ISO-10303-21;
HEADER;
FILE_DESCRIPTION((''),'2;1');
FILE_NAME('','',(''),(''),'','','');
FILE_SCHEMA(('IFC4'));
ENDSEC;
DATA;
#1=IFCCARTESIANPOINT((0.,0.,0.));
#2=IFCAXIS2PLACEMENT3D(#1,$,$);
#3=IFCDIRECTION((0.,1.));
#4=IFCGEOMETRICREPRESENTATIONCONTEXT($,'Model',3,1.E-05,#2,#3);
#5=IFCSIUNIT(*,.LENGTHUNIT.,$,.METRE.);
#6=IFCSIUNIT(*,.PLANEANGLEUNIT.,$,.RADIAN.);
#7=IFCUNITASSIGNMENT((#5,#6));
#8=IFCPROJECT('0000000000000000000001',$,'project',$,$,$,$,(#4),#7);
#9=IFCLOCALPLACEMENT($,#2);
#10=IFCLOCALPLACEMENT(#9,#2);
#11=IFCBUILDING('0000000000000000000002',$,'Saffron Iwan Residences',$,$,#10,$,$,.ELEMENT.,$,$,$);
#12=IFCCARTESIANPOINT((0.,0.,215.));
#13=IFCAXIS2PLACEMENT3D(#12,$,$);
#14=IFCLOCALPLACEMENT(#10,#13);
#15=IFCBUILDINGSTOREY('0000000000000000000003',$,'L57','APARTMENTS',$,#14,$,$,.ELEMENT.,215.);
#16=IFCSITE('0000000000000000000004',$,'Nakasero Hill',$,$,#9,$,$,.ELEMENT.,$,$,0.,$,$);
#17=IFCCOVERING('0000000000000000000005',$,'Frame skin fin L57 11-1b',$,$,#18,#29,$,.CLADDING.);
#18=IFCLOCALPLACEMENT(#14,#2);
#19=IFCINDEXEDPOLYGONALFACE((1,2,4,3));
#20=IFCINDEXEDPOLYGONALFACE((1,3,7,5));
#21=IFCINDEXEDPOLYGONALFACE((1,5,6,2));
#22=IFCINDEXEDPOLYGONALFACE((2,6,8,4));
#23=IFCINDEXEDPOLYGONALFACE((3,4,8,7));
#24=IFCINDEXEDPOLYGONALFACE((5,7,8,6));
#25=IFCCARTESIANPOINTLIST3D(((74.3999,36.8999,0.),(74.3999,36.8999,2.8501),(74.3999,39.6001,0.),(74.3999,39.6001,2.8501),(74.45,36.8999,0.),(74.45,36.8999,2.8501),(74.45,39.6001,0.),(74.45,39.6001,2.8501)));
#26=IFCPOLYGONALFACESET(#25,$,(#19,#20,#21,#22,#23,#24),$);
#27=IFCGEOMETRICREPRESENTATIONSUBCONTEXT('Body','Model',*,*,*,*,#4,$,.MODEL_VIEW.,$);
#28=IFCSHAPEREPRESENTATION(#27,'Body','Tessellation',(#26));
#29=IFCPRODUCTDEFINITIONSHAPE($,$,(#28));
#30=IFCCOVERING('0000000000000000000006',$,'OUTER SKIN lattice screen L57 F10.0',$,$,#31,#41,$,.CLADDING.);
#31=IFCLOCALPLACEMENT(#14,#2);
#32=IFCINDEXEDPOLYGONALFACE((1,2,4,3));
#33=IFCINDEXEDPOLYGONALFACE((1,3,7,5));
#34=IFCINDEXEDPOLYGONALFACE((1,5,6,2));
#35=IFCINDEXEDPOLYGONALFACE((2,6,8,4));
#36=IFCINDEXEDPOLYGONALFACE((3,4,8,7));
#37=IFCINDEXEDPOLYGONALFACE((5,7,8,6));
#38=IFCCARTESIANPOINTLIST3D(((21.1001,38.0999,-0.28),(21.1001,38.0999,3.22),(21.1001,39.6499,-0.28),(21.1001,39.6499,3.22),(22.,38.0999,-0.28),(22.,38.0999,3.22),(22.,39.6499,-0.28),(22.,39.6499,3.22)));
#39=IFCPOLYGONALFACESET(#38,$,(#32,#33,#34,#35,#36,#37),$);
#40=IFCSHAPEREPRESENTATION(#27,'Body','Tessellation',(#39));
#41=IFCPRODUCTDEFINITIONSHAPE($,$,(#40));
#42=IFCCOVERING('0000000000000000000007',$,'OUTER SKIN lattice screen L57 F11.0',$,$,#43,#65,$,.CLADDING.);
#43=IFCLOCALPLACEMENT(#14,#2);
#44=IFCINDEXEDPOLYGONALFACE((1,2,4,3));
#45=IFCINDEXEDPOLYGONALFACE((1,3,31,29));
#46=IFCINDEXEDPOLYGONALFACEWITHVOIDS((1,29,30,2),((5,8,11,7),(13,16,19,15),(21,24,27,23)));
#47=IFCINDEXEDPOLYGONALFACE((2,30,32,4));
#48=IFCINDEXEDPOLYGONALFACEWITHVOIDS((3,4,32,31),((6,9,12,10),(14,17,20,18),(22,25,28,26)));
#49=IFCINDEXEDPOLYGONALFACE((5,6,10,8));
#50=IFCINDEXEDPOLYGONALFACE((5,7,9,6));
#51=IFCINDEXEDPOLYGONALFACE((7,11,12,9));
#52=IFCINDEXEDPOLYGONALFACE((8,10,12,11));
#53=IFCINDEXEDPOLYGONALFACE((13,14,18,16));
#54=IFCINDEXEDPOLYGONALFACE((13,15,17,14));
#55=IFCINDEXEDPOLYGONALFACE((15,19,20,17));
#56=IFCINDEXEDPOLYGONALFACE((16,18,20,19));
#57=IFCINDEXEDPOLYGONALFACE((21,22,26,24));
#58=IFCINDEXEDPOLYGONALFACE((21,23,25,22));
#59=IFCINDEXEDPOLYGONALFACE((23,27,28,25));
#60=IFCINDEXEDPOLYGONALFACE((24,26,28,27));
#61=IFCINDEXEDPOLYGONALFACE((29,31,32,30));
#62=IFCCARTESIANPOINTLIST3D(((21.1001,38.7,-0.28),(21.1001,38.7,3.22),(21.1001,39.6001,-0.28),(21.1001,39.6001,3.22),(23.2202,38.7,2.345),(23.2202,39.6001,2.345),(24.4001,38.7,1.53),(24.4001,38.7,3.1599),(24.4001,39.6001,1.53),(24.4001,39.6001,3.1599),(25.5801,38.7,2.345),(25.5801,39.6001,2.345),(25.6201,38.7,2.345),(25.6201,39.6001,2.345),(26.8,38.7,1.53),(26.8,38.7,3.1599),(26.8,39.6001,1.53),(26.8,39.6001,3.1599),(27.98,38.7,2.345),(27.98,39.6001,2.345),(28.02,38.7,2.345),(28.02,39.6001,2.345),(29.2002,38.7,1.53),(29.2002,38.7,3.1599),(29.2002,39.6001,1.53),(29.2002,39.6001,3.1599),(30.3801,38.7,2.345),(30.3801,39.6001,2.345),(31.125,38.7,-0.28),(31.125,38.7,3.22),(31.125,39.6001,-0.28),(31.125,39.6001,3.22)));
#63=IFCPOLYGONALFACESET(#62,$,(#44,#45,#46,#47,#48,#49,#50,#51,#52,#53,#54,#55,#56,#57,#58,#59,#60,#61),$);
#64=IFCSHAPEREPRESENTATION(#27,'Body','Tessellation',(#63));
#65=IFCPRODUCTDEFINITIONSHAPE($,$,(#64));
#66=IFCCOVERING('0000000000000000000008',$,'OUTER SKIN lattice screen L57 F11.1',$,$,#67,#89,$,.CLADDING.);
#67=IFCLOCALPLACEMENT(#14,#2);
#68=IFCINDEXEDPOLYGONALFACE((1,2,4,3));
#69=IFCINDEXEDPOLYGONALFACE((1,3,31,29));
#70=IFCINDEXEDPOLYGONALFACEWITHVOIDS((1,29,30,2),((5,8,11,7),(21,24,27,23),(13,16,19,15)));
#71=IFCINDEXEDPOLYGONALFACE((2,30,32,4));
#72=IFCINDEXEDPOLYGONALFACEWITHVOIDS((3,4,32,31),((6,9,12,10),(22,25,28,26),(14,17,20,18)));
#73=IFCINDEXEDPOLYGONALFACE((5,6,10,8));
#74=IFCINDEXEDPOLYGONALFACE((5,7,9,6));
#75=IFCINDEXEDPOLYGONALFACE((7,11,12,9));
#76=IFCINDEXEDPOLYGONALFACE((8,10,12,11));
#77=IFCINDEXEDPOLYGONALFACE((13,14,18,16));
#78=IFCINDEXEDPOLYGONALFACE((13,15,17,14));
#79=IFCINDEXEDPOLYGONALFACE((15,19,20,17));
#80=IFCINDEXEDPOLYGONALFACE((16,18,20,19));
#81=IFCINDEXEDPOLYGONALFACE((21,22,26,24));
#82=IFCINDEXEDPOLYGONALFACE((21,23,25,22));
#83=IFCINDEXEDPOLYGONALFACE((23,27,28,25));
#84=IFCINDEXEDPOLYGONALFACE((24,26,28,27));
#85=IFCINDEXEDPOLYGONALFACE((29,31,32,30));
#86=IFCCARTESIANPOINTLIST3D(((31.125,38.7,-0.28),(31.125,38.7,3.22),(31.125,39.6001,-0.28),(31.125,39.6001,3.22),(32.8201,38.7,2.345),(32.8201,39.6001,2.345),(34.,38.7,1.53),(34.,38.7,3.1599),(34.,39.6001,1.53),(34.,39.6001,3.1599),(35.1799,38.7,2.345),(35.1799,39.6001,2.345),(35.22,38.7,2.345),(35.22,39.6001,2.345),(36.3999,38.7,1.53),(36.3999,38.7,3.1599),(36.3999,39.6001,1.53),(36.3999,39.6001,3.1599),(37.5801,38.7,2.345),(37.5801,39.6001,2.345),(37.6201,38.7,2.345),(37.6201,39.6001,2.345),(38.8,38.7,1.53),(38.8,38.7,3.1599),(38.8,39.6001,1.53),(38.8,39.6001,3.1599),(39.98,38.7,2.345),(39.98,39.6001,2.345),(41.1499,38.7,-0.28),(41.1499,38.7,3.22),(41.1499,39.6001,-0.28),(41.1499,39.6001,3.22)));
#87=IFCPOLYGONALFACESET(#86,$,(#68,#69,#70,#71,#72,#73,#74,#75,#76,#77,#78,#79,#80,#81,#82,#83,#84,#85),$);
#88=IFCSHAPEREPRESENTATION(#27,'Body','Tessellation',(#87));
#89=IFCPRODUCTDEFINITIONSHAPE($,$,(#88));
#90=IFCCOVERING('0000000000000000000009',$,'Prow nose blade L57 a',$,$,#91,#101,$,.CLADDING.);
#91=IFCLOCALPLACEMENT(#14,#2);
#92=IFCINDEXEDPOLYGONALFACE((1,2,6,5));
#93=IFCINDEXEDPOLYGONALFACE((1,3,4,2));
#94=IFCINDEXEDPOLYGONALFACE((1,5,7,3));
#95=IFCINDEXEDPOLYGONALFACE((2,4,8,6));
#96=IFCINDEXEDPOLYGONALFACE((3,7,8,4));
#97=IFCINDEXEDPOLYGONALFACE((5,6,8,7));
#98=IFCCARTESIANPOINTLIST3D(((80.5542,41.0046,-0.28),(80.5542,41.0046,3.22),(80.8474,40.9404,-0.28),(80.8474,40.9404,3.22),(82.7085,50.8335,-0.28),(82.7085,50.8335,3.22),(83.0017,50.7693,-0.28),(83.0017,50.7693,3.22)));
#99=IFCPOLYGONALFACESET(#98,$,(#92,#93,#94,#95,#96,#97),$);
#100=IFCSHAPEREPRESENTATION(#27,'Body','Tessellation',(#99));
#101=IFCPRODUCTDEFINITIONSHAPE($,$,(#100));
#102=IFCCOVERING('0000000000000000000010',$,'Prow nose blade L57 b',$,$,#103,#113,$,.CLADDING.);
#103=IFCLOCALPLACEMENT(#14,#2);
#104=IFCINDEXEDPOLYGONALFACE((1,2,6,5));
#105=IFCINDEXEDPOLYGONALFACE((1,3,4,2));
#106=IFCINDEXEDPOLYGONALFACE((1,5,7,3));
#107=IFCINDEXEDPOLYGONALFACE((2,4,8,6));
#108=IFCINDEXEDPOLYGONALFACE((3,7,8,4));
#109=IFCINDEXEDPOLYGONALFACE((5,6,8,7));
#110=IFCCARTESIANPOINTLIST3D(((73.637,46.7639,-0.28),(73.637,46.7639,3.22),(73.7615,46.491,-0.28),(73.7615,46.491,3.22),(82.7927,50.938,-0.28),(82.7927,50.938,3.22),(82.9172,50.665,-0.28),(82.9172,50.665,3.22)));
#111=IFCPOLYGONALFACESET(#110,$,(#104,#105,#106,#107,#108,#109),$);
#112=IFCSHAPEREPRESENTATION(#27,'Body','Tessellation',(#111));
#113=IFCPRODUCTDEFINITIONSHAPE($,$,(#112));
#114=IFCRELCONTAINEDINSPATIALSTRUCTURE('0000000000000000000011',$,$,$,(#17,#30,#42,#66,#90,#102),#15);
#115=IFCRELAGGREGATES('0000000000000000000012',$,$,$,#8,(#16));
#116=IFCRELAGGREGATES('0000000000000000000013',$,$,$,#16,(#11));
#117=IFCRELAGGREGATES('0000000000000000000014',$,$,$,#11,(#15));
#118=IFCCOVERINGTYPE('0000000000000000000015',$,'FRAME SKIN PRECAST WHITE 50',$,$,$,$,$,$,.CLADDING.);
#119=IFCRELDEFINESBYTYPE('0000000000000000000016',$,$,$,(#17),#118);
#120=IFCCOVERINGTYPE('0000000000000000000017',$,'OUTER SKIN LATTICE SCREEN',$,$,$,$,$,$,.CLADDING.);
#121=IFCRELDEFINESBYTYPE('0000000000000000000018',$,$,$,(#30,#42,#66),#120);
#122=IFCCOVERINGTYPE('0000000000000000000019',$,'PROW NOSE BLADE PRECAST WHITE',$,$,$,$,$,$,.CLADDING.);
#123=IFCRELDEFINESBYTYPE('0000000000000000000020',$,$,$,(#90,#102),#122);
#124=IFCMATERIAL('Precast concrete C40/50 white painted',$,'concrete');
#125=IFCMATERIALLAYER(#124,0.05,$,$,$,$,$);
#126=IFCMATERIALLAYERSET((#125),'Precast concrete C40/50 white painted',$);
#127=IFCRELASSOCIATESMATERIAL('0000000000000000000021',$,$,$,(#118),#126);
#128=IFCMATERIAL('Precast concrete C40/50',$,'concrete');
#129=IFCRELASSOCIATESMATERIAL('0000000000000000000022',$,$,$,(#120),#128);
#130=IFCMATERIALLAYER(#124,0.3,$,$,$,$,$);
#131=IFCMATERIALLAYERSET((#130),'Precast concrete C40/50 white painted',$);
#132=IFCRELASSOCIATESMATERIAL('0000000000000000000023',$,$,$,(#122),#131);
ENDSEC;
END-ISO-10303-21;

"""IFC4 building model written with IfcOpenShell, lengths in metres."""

from ifc_helpers import new_model, si_unit, direction, frame, origin, place, context, subcontext, project, spatial, polyline, outline, extrude, material, layer, layer_set, type_object, element, save


model = new_model("IFC4")

# Units and contexts
model_context = context("Model", 3, precision=1e-05, world=origin(), true_north=direction((0.0, 1.0)))
body_context = subcontext(model_context, "Body", "Model", "MODEL_VIEW")
ifc_project = project(units=[si_unit("LENGTHUNIT", "METRE"), si_unit("PLANEANGLEUNIT", "RADIAN")], contexts=[model_context])

# Site, building, storey
site_placement = place(None, origin())
site = spatial("IfcSite", under=ifc_project, at=site_placement, Name="Nakasero Hill", CompositionType="ELEMENT", RefElevation=0.0)
building_placement = place(site_placement, origin())
building = spatial("IfcBuilding", under=site, at=building_placement, Name="Saffron Iwan Residences", CompositionType="ELEMENT")
storey_placement = place(building_placement, frame((0.0, 0.0, 215.0)))
storey = spatial("IfcBuildingStorey", under=building, at=storey_placement, Name="L57", Description="APARTMENTS", CompositionType="ELEMENT", Elevation=215.0)

# Coverings
ifc_material_1 = material(Name="Precast concrete C40/50 white painted", Category="concrete")
ifc_layer_1 = layer(ifc_material_1, 0.05)
ifc_layer_set_1 = layer_set([ifc_layer_1], Name="Precast concrete C40/50 white painted")
covering_type_1 = type_object("IfcCoveringType", Name="FRAME SKIN PRECAST WHITE 50", PredefinedType="CLADDING", material=ifc_layer_set_1)
covering_1_placement = place(storey_placement, origin())
element("IfcCovering", 1, at=covering_1_placement, inside=storey, type_object=covering_type_1, Name="Frame skin fin L57 11-1b", PredefinedType="CLADDING", context=body_context, shape_type="SweptSolid", body=[
    extrude(outline(polyline([(74.3999, 36.8999), (74.45, 36.8999), (74.45, 39.6001), (74.3999, 39.6001), (74.3999, 36.8999)])), origin(), (0.0, 0.0, 1.0), 2.8501),
])
ifc_material_2 = material(Name="Precast concrete C40/50", Category="concrete")
covering_type_2 = type_object("IfcCoveringType", Name="OUTER SKIN LATTICE SCREEN", PredefinedType="CLADDING", material=ifc_material_2)
covering_2_placement = place(storey_placement, frame((22.0, 39.6499, -0.28), z_axis=(-1.0, 0.0, 0.0), x_axis=(0.0, -1.0, 0.0)))
element("IfcCovering", 2, at=covering_2_placement, inside=storey, type_object=covering_type_2, Name="OUTER SKIN lattice screen L57 F10.0", PredefinedType="CLADDING", context=body_context, shape_type="SweptSolid", body=[
    extrude(outline(polyline([(0.0, 0.0), (1.55, 0.0), (1.55, 3.5), (0.0, 3.5), (0.0, 0.0)])), origin(), (0.0, 0.0, 1.0), 0.8999),
])
covering_3_placement = place(storey_placement, frame((21.1001, 39.6001, -0.28), z_axis=(0.0, -1.0, 0.0), x_axis=(1.0, 0.0, 0.0)))
element("IfcCovering", 3, at=covering_3_placement, inside=storey, type_object=covering_type_2, Name="OUTER SKIN lattice screen L57 F11.0", PredefinedType="CLADDING", context=body_context, shape_type="SweptSolid", body=[
    extrude(outline(polyline([(0.0, 0.0), (10.0249, 0.0), (10.0249, 3.5), (0.0, 3.5), (0.0, 0.0)]), holes=[polyline([(2.1201, 2.625), (3.3, 1.8101), (4.48, 2.625), (3.3, 3.4399), (2.1201, 2.625)]), polyline([(4.52, 2.625), (5.7, 1.8101), (6.8799, 2.625), (5.7, 3.4399), (4.52, 2.625)]), polyline([(6.9199, 2.625), (8.1001, 1.8101), (9.28, 2.625), (8.1001, 3.4399), (6.9199, 2.625)])]), origin(), (0.0, 0.0, 1.0), 0.9001),
])
covering_4_placement = place(storey_placement, frame((31.125, 39.6001, -0.28), z_axis=(0.0, -1.0, 0.0), x_axis=(1.0, 0.0, 0.0)))
element("IfcCovering", 4, at=covering_4_placement, inside=storey, type_object=covering_type_2, Name="OUTER SKIN lattice screen L57 F11.1", PredefinedType="CLADDING", context=body_context, shape_type="SweptSolid", body=[
    extrude(outline(polyline([(0.0, 0.0), (10.0249, 0.0), (10.0249, 3.5), (0.0, 3.5), (0.0, 0.0)]), holes=[polyline([(1.6951, 2.625), (2.875, 1.8101), (4.0549, 2.625), (2.875, 3.4399), (1.6951, 2.625)]), polyline([(4.095, 2.625), (5.2749, 1.8101), (6.4551, 2.625), (5.2749, 3.4399), (4.095, 2.625)]), polyline([(6.4951, 2.625), (7.675, 1.8101), (8.855, 2.625), (7.675, 3.4399), (6.4951, 2.625)])]), origin(), (0.0, 0.0, 1.0), 0.9001),
])
ifc_layer_2 = layer(ifc_material_1, 0.3)
ifc_layer_set_2 = layer_set([ifc_layer_2], Name="Precast concrete C40/50 white painted")
covering_type_3 = type_object("IfcCoveringType", Name="PROW NOSE BLADE PRECAST WHITE", PredefinedType="CLADDING", material=ifc_layer_set_2)
covering_5_placement = place(storey_placement, frame((0.0, 0.0, -0.28)))
element("IfcCovering", 5, at=covering_5_placement, inside=storey, type_object=covering_type_3, Name="Prow nose blade L57 a", PredefinedType="CLADDING", context=body_context, shape_type="SweptSolid", body=[
    extrude(outline(polyline([(80.8474, 40.9404), (83.0017, 50.7693), (82.7085, 50.8335), (80.5542, 41.0046), (80.8474, 40.9404)])), origin(), (0.0, 0.0, 1.0), 3.5),
])
covering_6_placement = place(storey_placement, frame((0.0, 0.0, -0.28)))
element("IfcCovering", 6, at=covering_6_placement, inside=storey, type_object=covering_type_3, Name="Prow nose blade L57 b", PredefinedType="CLADDING", context=body_context, shape_type="SweptSolid", body=[
    extrude(outline(polyline([(73.7615, 46.491), (82.9172, 50.665), (82.7927, 50.938), (73.637, 46.7639), (73.7615, 46.491)])), origin(), (0.0, 0.0, 1.0), 3.5),
])

save(model, "model.ifc")
